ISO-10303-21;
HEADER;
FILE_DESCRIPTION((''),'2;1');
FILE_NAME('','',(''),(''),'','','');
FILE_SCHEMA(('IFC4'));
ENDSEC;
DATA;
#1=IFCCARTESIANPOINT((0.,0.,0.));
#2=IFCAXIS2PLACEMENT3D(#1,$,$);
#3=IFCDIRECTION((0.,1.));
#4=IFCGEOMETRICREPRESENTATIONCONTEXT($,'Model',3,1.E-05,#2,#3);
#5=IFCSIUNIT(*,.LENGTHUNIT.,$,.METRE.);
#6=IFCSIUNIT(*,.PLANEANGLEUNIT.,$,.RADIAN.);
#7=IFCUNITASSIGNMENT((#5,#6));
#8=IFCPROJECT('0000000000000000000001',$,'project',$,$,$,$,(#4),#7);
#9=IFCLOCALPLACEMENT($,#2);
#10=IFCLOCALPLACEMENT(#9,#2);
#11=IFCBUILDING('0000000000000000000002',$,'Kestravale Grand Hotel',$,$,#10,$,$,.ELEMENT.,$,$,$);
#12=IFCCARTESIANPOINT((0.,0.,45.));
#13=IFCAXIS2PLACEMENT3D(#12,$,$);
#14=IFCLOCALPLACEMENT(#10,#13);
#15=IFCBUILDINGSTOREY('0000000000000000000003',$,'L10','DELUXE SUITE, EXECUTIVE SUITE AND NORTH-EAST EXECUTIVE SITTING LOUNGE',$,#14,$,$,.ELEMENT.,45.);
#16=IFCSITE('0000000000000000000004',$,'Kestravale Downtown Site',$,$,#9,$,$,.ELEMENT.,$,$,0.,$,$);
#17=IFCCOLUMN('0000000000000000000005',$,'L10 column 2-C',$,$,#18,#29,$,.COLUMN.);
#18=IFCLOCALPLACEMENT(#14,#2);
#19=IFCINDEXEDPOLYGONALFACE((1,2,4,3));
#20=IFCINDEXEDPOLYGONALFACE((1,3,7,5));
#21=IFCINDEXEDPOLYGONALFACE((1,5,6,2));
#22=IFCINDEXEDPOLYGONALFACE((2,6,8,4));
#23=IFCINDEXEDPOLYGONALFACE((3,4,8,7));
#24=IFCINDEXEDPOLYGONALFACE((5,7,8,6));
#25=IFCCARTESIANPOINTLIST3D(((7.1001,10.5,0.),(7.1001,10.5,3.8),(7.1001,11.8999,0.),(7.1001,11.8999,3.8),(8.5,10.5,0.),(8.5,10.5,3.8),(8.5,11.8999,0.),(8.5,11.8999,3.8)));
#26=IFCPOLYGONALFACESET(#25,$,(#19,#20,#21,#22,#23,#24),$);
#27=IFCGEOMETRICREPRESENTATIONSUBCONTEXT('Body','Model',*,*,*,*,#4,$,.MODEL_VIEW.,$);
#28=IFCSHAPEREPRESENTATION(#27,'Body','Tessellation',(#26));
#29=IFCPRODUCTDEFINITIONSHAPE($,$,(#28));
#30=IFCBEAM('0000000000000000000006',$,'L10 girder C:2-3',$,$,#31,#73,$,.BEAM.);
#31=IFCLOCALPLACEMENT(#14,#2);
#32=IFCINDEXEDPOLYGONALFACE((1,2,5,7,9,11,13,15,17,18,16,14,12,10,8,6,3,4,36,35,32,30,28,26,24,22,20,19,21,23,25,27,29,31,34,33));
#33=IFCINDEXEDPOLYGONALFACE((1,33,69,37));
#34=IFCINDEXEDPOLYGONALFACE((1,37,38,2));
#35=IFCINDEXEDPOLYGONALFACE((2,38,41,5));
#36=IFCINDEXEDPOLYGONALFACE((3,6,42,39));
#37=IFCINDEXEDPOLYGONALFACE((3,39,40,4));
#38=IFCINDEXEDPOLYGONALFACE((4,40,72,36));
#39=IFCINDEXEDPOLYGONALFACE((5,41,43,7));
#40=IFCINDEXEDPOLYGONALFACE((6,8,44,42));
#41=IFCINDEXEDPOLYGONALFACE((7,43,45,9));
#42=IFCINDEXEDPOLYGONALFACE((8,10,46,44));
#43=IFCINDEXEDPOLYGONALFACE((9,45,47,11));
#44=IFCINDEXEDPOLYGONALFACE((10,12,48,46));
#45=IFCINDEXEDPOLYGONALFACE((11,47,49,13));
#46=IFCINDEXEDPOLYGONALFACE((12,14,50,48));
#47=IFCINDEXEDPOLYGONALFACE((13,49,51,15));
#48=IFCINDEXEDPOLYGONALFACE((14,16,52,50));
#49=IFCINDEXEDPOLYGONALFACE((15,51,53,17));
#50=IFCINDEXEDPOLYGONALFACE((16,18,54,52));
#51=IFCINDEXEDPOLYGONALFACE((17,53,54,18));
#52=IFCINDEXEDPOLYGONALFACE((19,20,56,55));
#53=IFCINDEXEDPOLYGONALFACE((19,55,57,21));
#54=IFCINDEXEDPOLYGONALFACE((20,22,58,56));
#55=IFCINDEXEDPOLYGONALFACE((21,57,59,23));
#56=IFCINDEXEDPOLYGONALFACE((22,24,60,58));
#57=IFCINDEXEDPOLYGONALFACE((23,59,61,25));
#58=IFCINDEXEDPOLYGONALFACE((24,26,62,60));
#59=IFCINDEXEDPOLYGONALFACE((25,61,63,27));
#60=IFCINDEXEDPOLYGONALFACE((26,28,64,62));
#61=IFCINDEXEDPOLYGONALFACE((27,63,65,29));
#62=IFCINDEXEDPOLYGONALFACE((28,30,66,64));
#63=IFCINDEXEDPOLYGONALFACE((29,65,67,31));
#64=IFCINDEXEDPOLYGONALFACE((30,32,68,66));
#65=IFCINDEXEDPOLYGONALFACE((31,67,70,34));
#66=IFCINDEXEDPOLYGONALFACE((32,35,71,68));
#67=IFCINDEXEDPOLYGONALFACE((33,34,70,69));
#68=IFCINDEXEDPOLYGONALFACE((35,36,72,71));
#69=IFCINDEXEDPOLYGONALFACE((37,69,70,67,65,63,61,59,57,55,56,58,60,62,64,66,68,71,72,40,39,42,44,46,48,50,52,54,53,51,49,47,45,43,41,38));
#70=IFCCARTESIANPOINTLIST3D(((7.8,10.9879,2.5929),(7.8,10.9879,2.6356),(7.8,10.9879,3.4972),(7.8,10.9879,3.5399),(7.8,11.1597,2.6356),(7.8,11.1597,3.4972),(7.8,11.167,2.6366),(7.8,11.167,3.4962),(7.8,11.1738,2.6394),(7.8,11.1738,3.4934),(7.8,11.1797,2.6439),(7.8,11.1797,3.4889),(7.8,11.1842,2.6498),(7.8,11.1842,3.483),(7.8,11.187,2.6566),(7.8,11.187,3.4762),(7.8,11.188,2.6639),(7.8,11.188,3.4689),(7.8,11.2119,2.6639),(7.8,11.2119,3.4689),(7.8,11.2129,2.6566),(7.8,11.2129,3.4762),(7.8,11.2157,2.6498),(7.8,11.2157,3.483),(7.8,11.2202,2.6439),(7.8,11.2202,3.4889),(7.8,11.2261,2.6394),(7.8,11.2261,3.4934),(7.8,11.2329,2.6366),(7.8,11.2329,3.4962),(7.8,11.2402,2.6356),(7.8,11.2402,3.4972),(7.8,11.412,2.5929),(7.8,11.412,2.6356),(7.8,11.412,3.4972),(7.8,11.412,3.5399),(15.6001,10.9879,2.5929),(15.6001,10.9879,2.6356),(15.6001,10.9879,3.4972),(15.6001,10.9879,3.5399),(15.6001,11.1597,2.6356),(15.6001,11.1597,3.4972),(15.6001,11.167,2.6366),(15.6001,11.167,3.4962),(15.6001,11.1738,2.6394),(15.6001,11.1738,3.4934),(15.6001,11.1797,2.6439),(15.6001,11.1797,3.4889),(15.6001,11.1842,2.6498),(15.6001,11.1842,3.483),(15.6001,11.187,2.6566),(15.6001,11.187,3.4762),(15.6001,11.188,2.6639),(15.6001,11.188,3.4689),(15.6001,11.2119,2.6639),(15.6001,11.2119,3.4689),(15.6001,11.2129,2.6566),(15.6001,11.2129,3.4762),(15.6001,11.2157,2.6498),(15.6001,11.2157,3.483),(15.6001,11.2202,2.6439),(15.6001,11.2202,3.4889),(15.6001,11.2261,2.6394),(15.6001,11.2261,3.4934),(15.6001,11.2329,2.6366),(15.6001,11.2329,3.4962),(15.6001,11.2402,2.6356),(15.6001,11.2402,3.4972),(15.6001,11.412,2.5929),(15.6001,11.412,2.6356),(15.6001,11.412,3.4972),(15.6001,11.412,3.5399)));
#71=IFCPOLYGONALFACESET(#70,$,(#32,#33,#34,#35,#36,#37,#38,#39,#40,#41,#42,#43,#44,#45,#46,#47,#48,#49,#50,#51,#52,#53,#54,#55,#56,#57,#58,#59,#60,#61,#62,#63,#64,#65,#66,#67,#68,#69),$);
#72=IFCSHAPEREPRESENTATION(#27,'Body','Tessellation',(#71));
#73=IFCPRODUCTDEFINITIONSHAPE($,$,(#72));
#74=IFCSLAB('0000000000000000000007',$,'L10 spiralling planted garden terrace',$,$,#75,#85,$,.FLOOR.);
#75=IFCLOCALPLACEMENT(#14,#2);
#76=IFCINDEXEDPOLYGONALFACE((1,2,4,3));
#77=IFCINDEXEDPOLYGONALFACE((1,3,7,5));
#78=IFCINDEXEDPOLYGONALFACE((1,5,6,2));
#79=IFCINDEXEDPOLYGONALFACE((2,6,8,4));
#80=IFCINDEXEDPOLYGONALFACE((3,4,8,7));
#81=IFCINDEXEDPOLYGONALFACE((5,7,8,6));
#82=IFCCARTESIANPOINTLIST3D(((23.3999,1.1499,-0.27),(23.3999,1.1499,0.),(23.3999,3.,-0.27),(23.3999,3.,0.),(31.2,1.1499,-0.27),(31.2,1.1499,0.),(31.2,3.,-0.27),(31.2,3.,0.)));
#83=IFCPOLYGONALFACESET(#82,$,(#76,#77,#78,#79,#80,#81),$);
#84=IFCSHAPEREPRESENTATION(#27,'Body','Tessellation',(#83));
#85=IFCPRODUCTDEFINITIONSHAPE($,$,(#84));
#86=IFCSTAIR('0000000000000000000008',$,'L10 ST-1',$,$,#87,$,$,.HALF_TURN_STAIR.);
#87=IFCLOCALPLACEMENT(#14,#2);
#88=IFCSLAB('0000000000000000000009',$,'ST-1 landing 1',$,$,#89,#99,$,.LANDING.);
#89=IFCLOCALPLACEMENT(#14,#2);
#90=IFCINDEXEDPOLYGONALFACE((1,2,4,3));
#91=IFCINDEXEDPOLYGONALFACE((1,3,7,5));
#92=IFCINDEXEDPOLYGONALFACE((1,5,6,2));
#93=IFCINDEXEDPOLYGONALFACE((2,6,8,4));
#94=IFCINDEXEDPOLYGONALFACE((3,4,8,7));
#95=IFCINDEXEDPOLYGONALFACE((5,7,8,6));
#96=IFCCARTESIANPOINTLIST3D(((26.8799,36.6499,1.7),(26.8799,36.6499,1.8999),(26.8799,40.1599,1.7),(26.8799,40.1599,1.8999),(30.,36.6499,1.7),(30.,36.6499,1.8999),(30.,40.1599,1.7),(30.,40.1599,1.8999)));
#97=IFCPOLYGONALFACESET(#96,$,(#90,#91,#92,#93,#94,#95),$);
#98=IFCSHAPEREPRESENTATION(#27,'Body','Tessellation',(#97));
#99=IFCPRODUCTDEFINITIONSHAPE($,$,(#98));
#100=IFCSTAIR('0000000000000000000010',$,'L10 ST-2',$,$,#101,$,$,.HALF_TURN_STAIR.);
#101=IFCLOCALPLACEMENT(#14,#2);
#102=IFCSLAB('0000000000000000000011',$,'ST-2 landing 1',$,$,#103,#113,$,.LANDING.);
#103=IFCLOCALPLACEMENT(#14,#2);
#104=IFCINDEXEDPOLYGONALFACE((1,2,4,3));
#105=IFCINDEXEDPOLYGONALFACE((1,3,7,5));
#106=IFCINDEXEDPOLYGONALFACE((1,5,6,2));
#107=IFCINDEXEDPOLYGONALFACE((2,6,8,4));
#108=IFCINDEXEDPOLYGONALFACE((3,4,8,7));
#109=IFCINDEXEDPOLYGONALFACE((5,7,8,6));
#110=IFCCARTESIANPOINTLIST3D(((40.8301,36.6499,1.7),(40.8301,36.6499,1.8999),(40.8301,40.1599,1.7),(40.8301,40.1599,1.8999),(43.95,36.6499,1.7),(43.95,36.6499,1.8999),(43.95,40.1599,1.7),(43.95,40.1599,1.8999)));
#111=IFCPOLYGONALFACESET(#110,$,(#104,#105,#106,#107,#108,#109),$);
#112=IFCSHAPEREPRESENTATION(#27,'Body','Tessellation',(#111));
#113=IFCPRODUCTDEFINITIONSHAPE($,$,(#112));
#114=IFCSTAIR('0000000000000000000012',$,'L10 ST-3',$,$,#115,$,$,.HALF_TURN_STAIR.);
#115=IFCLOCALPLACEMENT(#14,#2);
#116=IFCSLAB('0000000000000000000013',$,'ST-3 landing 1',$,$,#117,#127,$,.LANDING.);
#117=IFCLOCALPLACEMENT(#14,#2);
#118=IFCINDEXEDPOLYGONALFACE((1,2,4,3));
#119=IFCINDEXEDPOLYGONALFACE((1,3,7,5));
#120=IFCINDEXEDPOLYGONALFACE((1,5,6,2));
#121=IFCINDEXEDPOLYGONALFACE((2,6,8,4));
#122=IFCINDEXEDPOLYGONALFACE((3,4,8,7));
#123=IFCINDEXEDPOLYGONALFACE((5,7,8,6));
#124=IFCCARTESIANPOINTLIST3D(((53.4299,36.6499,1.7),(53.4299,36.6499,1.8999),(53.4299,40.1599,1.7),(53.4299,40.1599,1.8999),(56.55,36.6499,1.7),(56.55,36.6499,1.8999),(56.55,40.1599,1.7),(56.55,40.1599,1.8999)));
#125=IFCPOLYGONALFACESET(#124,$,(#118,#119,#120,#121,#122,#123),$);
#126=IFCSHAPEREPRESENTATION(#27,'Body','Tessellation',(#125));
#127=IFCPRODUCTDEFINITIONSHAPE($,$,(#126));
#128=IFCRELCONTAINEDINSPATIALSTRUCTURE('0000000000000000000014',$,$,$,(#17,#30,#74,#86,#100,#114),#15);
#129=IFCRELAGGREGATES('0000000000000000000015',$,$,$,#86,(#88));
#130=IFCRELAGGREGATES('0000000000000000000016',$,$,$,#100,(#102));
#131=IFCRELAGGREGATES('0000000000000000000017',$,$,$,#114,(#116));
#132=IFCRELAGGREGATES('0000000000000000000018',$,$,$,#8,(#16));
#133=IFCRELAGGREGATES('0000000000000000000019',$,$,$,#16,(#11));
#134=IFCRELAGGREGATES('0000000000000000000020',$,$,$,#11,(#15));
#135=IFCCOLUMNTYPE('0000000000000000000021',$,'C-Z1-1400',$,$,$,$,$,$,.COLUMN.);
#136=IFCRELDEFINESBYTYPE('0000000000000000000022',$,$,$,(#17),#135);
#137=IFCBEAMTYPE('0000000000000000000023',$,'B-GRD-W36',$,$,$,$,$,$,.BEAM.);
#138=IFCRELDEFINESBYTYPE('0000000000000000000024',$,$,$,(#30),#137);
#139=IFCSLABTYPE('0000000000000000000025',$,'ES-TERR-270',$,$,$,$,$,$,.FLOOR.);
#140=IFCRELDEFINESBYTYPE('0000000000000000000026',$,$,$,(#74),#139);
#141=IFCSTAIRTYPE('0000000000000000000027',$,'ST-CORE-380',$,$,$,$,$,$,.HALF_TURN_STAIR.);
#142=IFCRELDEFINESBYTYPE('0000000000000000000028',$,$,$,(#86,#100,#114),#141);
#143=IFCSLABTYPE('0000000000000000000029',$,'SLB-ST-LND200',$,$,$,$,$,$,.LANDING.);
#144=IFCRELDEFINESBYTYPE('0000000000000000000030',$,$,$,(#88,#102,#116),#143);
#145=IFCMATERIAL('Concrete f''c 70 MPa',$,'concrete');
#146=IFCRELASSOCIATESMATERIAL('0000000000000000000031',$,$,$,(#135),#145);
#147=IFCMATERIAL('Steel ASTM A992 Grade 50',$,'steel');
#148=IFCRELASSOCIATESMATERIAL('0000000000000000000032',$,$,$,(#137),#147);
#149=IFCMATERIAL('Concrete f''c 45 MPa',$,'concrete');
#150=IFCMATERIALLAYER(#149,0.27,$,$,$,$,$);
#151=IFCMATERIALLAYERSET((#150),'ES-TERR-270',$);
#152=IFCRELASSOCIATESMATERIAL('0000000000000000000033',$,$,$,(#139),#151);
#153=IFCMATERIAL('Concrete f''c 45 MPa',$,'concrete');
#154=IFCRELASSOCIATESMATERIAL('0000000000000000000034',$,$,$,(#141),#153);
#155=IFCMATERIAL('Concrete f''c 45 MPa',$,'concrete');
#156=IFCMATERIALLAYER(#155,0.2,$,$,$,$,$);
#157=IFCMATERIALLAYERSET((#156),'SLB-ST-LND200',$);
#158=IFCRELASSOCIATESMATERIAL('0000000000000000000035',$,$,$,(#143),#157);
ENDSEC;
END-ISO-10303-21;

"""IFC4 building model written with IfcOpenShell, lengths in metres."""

from ifc_helpers import new_model, si_unit, direction, frame, origin, origin_2d, place, context, subcontext, project, spatial, polyline, rectangle, i_section, outline, extrude, material, layer, layer_set, material_profile, profile_set, type_object, element, aggregate, save


model = new_model("IFC4")

# Units and contexts
model_context = context("Model", 3, precision=1e-05, world=origin(), true_north=direction((0.0, 1.0)))
body_context = subcontext(model_context, "Body", "Model", "MODEL_VIEW")
ifc_project = project(units=[si_unit("LENGTHUNIT", "METRE"), si_unit("PLANEANGLEUNIT", "RADIAN")], contexts=[model_context])

# Site, building, storey
site_placement = place(None, origin())
site = spatial("IfcSite", under=ifc_project, at=site_placement, Name="Kestravale Downtown Site", CompositionType="ELEMENT", RefElevation=0.0)
building_placement = place(site_placement, origin())
building = spatial("IfcBuilding", under=site, at=building_placement, Name="Kestravale Grand Hotel", CompositionType="ELEMENT")
storey_placement = place(building_placement, frame((0.0, 0.0, 45.0)))
storey = spatial("IfcBuildingStorey", under=building, at=storey_placement, Name="L10", Description="DELUXE SUITE, EXECUTIVE SUITE AND NORTH-EAST EXECUTIVE SITTING LOUNGE", CompositionType="ELEMENT", Elevation=45.0)

# Column
ifc_material_1 = material(Name="Concrete f'c 70 MPa", Category="concrete")
ifc_material_profile_1 = material_profile(ifc_material_1, rectangle(XDim=1.3999, YDim=1.3999, at=origin_2d()))
ifc_profile_set_1 = profile_set([ifc_material_profile_1], Name="Concrete f'c 70 MPa")
column_type = type_object("IfcColumnType", Name="C-Z1-1400", PredefinedType="COLUMN", material=ifc_profile_set_1)
column_placement = place(storey_placement, frame((7.8, 11.2, 0.0), z_axis=(0.0, 0.0, 1.0), x_axis=(1.0, 0.0, 0.0)))
element("IfcColumn", 1, at=column_placement, inside=storey, type_object=column_type, Name="L10 column 2-C", PredefinedType="COLUMN", context=body_context, shape_type="SweptSolid", body=[
    extrude(rectangle(XDim=1.3999, YDim=1.3999, at=origin_2d()), origin(), (0.0, 0.0, 1.0), 3.8),
])

# Beam
ifc_material_2 = material(Name="Steel ASTM A992 Grade 50", Category="steel")
ifc_material_profile_2 = material_profile(ifc_material_2, i_section(OverallWidth=0.4241, OverallDepth=0.947, WebThickness=0.0239, FlangeThickness=0.0427, FilletRadius=0.0283, at=origin_2d()))
ifc_profile_set_2 = profile_set([ifc_material_profile_2], Name="Steel ASTM A992 Grade 50")
beam_type = type_object("IfcBeamType", Name="B-GRD-W36", PredefinedType="BEAM", material=ifc_profile_set_2)
beam_placement = place(storey_placement, frame((7.8, 11.2, 3.0664), z_axis=(1.0, 0.0, 0.0), x_axis=(0.0, 1.0, 0.0)))
element("IfcBeam", 2, at=beam_placement, inside=storey, type_object=beam_type, Name="L10 girder C:2-3", PredefinedType="BEAM", context=body_context, shape_type="SweptSolid", body=[
    extrude(i_section(OverallWidth=0.4241, OverallDepth=0.947, WebThickness=0.0239, FlangeThickness=0.0427, FilletRadius=0.0283, at=origin_2d()), origin(), (0.0, 0.0, 1.0), 7.8),
])

# Slab
ifc_material_3 = material(Name="Concrete f'c 45 MPa", Category="concrete")
ifc_layer_1 = layer(ifc_material_3, 0.27)
ifc_layer_set_1 = layer_set([ifc_layer_1], Name="ES-TERR-270")
slab_type_1 = type_object("IfcSlabType", Name="ES-TERR-270", PredefinedType="FLOOR", material=ifc_layer_set_1)
slab_1_placement = place(storey_placement, frame((0.0, 0.0, -0.27)))
element("IfcSlab", 3, at=slab_1_placement, inside=storey, type_object=slab_type_1, Name="L10 spiralling planted garden terrace", PredefinedType="FLOOR", context=body_context, shape_type="SweptSolid", body=[
    extrude(outline(polyline([(23.3999, 1.1499), (31.2, 1.1499), (31.2, 3.0), (23.3999, 3.0), (23.3999, 1.1499)])), origin(), (0.0, 0.0, 1.0), 0.27),
])

# Stairs, slabs
ifc_material_4 = material(Name="Concrete f'c 45 MPa", Category="concrete")
stair_type = type_object("IfcStairType", Name="ST-CORE-380", PredefinedType="HALF_TURN_STAIR", material=ifc_material_4)
stair_1_placement = place(storey_placement, origin())
stair_1 = element("IfcStair", 4, at=stair_1_placement, inside=storey, type_object=stair_type, Name="L10 ST-1", PredefinedType="HALF_TURN_STAIR")
ifc_material_5 = material(Name="Concrete f'c 45 MPa", Category="concrete")
ifc_layer_2 = layer(ifc_material_5, 0.2)
ifc_layer_set_2 = layer_set([ifc_layer_2], Name="SLB-ST-LND200")
slab_type_2 = type_object("IfcSlabType", Name="SLB-ST-LND200", PredefinedType="LANDING", material=ifc_layer_set_2)
slab_2_placement = place(storey_placement, frame((0.0, 0.0, 1.7)))
slab_2 = element("IfcSlab", 5, at=slab_2_placement, type_object=slab_type_2, Name="ST-1 landing 1", PredefinedType="LANDING", context=body_context, shape_type="SweptSolid", body=[
    extrude(outline(polyline([(26.8799, 36.6499), (30.0, 36.6499), (30.0, 40.1599), (26.8799, 40.1599), (26.8799, 36.6499)])), origin(), (0.0, 0.0, 1.0), 0.2),
])
aggregate(stair_1, [slab_2])
stair_2_placement = place(storey_placement, origin())
stair_2 = element("IfcStair", 6, at=stair_2_placement, inside=storey, type_object=stair_type, Name="L10 ST-2", PredefinedType="HALF_TURN_STAIR")
slab_3_placement = place(storey_placement, frame((0.0, 0.0, 1.7)))
slab_3 = element("IfcSlab", 7, at=slab_3_placement, type_object=slab_type_2, Name="ST-2 landing 1", PredefinedType="LANDING", context=body_context, shape_type="SweptSolid", body=[
    extrude(outline(polyline([(40.8301, 36.6499), (43.95, 36.6499), (43.95, 40.1599), (40.8301, 40.1599), (40.8301, 36.6499)])), origin(), (0.0, 0.0, 1.0), 0.2),
])
aggregate(stair_2, [slab_3])
stair_3_placement = place(storey_placement, origin())
stair_3 = element("IfcStair", 8, at=stair_3_placement, inside=storey, type_object=stair_type, Name="L10 ST-3", PredefinedType="HALF_TURN_STAIR")
slab_4_placement = place(storey_placement, frame((0.0, 0.0, 1.7)))
slab_4 = element("IfcSlab", 9, at=slab_4_placement, type_object=slab_type_2, Name="ST-3 landing 1", PredefinedType="LANDING", context=body_context, shape_type="SweptSolid", body=[
    extrude(outline(polyline([(53.4299, 36.6499), (56.55, 36.6499), (56.55, 40.1599), (53.4299, 40.1599), (53.4299, 36.6499)])), origin(), (0.0, 0.0, 1.0), 0.2),
])
aggregate(stair_3, [slab_4])

save(model, "model.ifc")
